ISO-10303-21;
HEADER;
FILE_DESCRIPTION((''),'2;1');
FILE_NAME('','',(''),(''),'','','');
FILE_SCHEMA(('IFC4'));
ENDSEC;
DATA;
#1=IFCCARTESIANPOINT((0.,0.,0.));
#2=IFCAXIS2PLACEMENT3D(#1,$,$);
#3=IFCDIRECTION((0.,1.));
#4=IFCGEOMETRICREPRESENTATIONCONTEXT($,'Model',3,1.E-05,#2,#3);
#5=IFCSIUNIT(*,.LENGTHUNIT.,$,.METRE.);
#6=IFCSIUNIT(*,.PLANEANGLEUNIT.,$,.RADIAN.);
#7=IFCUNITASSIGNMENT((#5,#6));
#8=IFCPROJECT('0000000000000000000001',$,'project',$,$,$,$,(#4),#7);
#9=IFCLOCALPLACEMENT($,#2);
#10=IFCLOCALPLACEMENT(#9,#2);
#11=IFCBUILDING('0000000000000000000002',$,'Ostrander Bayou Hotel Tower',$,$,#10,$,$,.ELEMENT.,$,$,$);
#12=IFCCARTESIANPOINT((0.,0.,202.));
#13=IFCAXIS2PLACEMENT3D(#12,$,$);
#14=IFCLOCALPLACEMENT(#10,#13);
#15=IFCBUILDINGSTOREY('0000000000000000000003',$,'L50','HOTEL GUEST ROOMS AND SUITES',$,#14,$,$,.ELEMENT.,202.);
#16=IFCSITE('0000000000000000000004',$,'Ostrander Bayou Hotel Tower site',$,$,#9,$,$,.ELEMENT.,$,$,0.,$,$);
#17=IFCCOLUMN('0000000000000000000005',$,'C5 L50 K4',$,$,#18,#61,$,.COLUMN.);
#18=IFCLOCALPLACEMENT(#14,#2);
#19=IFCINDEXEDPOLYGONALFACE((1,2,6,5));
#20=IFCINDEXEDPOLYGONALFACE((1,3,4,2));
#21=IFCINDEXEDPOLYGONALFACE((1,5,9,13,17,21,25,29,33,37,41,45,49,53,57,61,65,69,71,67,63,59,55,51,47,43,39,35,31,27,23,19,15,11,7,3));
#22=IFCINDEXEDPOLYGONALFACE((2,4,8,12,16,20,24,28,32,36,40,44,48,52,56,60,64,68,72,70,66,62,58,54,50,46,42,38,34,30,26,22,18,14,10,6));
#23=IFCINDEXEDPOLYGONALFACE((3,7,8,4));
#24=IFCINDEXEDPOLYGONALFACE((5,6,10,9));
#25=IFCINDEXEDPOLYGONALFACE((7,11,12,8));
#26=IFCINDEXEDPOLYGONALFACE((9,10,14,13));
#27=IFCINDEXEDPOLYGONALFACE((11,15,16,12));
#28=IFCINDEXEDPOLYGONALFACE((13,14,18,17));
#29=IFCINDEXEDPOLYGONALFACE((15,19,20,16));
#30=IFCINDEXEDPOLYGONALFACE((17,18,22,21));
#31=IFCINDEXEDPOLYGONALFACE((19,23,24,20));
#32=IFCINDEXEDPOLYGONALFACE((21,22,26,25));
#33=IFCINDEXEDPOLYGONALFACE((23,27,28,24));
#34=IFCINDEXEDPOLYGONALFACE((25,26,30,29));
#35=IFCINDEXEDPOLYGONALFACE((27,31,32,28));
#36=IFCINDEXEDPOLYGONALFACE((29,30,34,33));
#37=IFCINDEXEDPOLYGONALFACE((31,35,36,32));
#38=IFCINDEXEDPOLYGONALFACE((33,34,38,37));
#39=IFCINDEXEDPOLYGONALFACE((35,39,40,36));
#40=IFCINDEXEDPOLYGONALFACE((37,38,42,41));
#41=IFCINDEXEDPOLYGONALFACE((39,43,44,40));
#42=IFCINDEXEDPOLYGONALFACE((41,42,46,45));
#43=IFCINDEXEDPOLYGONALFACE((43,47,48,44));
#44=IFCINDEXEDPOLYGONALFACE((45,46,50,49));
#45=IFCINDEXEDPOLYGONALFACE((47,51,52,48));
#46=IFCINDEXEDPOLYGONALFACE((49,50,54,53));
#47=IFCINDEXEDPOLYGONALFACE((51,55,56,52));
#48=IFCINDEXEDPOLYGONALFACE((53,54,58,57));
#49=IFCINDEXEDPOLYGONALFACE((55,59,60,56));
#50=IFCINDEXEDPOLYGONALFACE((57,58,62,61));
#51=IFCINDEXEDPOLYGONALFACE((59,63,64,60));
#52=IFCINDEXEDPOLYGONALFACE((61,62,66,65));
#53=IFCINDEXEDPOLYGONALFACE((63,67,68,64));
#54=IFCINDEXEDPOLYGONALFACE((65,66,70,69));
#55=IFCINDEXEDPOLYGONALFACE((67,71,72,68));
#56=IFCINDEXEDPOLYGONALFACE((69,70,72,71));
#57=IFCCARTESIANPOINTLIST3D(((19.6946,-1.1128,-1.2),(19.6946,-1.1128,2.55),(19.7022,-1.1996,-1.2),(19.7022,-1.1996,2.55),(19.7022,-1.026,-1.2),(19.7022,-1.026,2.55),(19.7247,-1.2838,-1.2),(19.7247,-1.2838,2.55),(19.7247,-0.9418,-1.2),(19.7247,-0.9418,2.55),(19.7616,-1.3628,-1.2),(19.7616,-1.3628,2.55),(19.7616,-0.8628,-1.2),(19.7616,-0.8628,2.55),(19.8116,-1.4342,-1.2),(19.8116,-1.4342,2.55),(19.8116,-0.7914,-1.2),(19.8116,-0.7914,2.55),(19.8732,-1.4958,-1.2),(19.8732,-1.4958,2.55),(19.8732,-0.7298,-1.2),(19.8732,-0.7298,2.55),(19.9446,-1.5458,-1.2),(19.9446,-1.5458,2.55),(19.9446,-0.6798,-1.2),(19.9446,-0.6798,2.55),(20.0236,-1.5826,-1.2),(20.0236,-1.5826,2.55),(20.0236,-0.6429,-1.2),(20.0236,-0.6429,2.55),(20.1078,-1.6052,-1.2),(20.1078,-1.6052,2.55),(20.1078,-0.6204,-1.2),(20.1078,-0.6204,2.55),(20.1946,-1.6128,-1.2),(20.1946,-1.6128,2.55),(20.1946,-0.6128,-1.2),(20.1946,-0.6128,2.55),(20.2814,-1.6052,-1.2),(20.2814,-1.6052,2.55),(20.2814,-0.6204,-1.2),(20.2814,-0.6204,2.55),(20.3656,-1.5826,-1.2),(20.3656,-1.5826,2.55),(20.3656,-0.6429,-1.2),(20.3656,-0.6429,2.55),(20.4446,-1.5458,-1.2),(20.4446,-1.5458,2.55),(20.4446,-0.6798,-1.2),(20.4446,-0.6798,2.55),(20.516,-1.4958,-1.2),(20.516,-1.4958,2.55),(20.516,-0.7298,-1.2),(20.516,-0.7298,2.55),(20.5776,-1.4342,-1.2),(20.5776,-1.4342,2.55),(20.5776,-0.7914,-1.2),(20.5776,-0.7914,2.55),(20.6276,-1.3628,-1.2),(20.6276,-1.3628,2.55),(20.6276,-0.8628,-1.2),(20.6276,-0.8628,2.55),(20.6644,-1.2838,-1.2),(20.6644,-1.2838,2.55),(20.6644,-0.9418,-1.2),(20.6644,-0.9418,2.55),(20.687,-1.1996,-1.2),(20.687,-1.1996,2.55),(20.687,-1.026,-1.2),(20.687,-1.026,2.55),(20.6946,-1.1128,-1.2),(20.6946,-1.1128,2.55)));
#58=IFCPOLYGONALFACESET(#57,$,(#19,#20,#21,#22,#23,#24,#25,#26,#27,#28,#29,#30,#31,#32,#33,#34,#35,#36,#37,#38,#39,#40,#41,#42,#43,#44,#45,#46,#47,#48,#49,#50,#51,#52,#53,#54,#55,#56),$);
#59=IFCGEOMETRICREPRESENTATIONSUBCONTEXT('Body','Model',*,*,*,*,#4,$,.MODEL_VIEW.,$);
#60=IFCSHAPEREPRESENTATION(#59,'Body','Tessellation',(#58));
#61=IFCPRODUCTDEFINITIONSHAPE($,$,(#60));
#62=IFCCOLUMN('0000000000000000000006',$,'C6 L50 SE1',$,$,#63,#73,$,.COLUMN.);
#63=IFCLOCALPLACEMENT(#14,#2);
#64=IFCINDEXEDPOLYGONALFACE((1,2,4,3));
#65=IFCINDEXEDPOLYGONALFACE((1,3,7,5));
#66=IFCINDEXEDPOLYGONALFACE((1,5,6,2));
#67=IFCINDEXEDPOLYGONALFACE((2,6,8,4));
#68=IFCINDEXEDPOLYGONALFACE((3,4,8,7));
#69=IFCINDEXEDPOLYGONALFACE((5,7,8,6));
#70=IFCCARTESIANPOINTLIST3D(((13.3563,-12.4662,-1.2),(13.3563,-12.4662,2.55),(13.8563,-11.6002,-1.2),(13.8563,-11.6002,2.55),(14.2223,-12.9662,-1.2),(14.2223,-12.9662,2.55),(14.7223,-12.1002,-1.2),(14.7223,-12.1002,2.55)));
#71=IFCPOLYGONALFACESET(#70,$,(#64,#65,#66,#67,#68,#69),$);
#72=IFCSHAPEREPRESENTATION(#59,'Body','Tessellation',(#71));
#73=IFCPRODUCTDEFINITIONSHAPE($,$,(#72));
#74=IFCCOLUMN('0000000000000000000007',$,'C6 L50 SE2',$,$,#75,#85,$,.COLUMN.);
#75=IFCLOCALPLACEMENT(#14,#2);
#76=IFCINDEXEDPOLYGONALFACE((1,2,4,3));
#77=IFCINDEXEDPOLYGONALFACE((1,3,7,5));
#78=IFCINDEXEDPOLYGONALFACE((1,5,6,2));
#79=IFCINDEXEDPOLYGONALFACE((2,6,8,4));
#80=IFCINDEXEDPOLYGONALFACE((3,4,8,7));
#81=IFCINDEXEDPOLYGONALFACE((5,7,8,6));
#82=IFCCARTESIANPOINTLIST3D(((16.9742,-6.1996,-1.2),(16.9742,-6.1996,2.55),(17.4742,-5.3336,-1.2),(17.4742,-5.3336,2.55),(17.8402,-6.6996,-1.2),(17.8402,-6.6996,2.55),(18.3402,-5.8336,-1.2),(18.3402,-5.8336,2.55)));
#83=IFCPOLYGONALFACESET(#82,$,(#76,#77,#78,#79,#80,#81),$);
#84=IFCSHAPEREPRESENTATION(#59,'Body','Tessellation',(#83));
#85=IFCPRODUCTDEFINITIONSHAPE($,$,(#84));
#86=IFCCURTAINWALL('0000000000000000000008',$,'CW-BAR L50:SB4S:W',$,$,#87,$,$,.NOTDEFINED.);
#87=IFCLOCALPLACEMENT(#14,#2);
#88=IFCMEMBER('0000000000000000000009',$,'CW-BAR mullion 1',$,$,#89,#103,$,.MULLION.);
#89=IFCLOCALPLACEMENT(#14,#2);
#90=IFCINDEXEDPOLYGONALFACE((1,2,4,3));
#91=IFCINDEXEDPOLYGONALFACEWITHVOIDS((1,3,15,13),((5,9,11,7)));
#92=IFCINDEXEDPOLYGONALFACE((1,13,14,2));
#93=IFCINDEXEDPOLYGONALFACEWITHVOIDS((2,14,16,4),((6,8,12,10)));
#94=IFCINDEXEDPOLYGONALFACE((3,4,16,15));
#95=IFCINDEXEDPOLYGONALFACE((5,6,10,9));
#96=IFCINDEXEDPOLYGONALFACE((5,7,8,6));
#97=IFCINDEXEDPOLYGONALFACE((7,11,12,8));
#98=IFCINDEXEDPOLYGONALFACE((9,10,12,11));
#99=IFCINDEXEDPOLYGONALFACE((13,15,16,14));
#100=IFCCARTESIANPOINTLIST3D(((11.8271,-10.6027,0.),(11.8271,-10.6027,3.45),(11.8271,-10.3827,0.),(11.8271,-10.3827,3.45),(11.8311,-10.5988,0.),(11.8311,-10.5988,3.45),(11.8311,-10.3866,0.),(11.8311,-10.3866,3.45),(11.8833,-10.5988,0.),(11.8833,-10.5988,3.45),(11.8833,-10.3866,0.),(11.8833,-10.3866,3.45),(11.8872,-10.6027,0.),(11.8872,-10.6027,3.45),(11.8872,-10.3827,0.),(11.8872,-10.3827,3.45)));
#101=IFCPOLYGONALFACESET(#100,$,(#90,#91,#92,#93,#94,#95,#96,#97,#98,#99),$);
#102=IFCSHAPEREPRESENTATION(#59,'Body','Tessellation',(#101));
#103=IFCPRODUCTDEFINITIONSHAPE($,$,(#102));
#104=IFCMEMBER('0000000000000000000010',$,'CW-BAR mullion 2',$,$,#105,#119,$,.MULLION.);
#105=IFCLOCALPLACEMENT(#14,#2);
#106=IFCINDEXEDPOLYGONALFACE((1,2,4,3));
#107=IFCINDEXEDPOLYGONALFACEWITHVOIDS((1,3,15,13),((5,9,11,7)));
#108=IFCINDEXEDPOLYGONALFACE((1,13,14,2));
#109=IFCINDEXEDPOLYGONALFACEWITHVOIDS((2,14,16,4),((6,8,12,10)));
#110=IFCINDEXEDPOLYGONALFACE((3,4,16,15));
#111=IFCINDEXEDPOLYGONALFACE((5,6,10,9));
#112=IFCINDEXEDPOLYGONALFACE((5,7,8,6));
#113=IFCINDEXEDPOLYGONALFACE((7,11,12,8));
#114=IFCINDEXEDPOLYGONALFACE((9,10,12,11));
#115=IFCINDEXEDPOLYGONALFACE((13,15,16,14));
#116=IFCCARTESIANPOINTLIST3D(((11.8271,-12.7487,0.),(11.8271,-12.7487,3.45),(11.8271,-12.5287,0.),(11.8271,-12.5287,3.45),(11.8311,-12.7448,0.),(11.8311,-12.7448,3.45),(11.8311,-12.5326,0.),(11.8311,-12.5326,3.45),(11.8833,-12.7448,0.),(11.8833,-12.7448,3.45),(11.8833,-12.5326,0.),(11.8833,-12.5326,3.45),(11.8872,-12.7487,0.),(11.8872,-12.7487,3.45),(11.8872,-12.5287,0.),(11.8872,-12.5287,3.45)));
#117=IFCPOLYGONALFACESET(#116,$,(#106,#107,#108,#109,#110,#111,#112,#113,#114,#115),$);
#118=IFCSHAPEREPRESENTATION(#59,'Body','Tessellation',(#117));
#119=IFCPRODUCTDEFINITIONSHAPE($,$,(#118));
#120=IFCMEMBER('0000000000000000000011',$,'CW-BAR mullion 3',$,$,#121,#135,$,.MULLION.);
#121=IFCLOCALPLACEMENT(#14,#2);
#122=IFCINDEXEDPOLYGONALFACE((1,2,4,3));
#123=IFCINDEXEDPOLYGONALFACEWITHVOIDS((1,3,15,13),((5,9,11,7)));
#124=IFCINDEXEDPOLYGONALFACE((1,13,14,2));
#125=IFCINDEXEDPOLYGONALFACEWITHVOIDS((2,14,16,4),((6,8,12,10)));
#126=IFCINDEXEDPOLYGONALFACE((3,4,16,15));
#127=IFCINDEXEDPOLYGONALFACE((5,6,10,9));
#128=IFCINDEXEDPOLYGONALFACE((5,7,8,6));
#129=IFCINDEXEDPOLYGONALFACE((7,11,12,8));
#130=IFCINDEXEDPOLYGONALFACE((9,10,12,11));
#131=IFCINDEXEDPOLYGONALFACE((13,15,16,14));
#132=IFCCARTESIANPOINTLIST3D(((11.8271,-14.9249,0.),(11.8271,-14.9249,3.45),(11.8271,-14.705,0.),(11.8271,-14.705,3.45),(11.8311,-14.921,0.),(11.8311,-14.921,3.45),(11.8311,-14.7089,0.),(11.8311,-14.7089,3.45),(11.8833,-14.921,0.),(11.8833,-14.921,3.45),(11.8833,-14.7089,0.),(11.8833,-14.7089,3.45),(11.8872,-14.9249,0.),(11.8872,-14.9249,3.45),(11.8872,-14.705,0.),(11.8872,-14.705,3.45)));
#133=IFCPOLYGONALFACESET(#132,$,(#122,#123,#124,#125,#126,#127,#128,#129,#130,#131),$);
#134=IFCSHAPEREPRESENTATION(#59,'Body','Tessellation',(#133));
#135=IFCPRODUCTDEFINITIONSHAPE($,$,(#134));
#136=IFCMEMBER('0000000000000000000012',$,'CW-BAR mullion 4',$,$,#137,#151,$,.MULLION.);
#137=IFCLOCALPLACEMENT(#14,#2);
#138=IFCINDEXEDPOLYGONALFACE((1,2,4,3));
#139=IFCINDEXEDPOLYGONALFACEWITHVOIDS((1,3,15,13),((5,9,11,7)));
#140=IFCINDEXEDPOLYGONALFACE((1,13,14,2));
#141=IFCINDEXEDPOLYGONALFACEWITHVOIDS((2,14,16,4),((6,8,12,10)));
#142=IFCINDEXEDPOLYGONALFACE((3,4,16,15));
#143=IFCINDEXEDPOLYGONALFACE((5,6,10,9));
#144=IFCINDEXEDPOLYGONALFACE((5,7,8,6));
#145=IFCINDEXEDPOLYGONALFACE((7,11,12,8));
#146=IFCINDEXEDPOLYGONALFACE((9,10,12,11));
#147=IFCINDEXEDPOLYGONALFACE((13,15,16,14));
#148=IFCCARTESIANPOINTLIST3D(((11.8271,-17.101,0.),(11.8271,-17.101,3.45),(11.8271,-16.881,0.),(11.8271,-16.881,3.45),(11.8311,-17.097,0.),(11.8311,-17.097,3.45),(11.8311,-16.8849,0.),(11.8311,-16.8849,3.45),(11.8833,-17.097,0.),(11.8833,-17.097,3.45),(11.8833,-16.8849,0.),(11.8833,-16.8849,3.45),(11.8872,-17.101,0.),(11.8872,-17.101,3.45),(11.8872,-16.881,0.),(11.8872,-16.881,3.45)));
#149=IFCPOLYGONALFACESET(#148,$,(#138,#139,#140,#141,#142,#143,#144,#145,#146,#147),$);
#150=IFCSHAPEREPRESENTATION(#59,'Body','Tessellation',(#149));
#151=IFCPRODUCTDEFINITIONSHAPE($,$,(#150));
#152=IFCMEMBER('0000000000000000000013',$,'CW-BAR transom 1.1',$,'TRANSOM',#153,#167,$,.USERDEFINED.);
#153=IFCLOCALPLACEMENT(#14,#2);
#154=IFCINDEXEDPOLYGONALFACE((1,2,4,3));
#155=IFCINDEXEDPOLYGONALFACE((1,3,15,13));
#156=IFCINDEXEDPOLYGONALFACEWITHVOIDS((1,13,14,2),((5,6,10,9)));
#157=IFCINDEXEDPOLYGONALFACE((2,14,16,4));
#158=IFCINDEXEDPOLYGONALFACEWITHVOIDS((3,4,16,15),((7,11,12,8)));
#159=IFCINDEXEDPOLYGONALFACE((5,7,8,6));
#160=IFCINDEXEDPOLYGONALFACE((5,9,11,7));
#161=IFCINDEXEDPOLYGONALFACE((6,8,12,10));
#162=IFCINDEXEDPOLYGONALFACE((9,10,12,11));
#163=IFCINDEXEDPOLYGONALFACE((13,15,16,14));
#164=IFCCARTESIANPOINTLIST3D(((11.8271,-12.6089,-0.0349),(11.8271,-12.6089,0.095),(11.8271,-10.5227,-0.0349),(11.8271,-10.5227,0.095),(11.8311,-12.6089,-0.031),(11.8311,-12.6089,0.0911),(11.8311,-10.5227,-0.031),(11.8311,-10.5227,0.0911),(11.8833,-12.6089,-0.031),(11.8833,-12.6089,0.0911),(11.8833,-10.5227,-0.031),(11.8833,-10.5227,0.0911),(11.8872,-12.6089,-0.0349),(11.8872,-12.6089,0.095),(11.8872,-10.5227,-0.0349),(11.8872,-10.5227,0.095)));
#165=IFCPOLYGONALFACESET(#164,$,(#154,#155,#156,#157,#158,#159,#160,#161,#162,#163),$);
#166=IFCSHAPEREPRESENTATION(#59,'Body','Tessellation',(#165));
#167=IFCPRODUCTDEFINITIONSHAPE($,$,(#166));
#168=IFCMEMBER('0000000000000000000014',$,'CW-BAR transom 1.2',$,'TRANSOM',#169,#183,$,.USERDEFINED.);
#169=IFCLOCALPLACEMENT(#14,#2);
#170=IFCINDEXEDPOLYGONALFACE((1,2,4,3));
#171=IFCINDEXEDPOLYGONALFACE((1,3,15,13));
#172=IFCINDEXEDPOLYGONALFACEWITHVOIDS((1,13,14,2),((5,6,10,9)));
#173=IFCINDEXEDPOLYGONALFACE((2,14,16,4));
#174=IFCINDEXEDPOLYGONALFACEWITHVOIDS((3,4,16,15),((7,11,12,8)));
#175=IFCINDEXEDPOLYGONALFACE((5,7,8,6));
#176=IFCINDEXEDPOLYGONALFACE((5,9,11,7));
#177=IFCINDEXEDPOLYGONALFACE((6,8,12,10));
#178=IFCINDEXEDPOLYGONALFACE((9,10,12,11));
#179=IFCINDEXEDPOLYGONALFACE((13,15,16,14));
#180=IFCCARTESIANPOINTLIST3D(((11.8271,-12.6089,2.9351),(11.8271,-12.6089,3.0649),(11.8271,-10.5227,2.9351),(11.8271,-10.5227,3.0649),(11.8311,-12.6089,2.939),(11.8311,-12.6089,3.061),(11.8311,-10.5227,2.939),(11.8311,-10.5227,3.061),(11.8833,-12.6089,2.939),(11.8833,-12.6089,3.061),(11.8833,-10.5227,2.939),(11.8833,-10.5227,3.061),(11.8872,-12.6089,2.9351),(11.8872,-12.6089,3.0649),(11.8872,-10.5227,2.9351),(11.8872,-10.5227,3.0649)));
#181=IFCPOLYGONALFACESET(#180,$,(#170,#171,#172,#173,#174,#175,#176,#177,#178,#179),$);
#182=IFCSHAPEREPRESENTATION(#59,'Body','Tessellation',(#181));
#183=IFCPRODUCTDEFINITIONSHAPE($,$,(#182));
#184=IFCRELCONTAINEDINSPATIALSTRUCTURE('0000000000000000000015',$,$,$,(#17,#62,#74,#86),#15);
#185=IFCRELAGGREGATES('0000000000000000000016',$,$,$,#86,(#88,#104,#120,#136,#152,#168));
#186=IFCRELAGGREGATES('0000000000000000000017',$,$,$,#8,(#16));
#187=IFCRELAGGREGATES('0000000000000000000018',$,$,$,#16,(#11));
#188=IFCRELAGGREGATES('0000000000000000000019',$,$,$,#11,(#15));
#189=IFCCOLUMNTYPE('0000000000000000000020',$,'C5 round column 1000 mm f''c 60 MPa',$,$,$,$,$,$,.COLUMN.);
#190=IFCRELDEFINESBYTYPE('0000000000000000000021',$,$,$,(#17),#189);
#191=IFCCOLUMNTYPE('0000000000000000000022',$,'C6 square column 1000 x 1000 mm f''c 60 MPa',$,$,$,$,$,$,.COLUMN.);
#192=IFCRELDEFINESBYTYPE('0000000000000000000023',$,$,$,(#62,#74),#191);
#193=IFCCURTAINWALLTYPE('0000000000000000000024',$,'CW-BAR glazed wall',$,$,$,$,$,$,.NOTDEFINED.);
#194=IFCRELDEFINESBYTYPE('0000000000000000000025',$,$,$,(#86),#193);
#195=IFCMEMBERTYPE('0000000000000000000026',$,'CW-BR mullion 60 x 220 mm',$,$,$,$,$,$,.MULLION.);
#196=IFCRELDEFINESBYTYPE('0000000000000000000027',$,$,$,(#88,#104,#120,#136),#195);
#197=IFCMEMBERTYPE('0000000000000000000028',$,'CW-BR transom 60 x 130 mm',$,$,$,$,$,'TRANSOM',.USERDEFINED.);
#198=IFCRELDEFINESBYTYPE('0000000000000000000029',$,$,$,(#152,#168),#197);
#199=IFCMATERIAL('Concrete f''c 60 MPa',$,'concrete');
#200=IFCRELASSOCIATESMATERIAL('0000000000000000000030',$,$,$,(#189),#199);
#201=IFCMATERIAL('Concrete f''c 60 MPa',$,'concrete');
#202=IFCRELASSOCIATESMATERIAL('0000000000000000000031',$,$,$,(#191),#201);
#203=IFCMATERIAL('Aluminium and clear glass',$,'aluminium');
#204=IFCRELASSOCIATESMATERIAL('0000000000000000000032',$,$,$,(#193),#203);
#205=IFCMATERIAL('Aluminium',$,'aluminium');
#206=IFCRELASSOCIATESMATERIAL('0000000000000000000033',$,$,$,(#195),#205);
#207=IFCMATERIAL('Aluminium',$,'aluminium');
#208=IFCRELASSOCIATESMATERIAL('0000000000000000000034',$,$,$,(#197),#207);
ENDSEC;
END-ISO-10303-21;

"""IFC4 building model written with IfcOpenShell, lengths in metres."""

from ifc_helpers import new_model, si_unit, direction, frame, origin, origin_2d, place, context, subcontext, project, spatial, rectangle, hollow_rectangle, circle, extrude, material, material_profile, profile_set, type_object, element, aggregate, save


model = new_model("IFC4")

# Units and contexts
model_context = context("Model", 3, precision=1e-05, world=origin(), true_north=direction((0.0, 1.0)))
body_context = subcontext(model_context, "Body", "Model", "MODEL_VIEW")
ifc_project = project(units=[si_unit("LENGTHUNIT", "METRE"), si_unit("PLANEANGLEUNIT", "RADIAN")], contexts=[model_context])

# Site, building, storey
site_placement = place(None, origin())
site = spatial("IfcSite", under=ifc_project, at=site_placement, Name="Ostrander Bayou Hotel Tower site", CompositionType="ELEMENT", RefElevation=0.0)
building_placement = place(site_placement, origin())
building = spatial("IfcBuilding", under=site, at=building_placement, Name="Ostrander Bayou Hotel Tower", CompositionType="ELEMENT")
storey_placement = place(building_placement, frame((0.0, 0.0, 202.0)))
storey = spatial("IfcBuildingStorey", under=building, at=storey_placement, Name="L50", Description="HOTEL GUEST ROOMS AND SUITES", CompositionType="ELEMENT", Elevation=202.0)

# Columns
ifc_material_1 = material(Name="Concrete f'c 60 MPa", Category="concrete")
ifc_material_profile_1 = material_profile(ifc_material_1, circle(Radius=0.5, at=origin_2d()))
ifc_profile_set_1 = profile_set([ifc_material_profile_1], Name="Concrete f'c 60 MPa")
column_type_1 = type_object("IfcColumnType", Name="C5 round column 1000 mm f'c 60 MPa", PredefinedType="COLUMN", material=ifc_profile_set_1)
column_placement = place(storey_placement, frame((20.1946, -1.1128, -1.2), z_axis=(0.0, 0.0, 1.0), x_axis=(1.0, 0.0, 0.0)))
element("IfcColumn", 1, at=column_placement, inside=storey, type_object=column_type_1, Name="C5 L50 K4", PredefinedType="COLUMN", context=body_context, shape_type="SweptSolid", body=[
    extrude(circle(Radius=0.5, at=origin_2d()), origin(), (0.0, 0.0, 1.0), 3.75),
])
ifc_material_2 = material(Name="Concrete f'c 60 MPa", Category="concrete")
ifc_material_profile_2 = material_profile(ifc_material_2, rectangle(XDim=1.0, YDim=1.0, at=origin_2d()))
ifc_profile_set_2 = profile_set([ifc_material_profile_2], Name="Concrete f'c 60 MPa")
column_type_2 = type_object("IfcColumnType", Name="C6 square column 1000 x 1000 mm f'c 60 MPa", PredefinedType="COLUMN", material=ifc_profile_set_2)
for number, where, z_axis, x_axis, name in (
    (2, (14.0393, -12.2832, -1.2), (0.0, 0.0, 1.0), (-0.5, -0.866025, 0.0), "C6 L50 SE1"),
    (3, (17.6572, -6.0166, -1.2), (0.0, 0.0, 1.0), (-0.5, -0.866025, 0.0), "C6 L50 SE2"),
):
    element("IfcColumn", number, at=place(storey_placement, frame(where, z_axis=z_axis, x_axis=x_axis)), inside=storey, type_object=column_type_2, Name=name, PredefinedType="COLUMN", context=body_context, shape_type="SweptSolid", body=[
        extrude(rectangle(XDim=1.0, YDim=1.0, at=origin_2d()), origin(), (0.0, 0.0, 1.0), 3.75),
    ])

# Curtain wall, members
ifc_material_3 = material(Name="Aluminium and clear glass", Category="aluminium")
curtain_wall_type = type_object("IfcCurtainWallType", Name="CW-BAR glazed wall", PredefinedType="NOTDEFINED", material=ifc_material_3)
curtain_wall_placement = place(storey_placement, origin())
curtain_wall = element("IfcCurtainWall", 4, at=curtain_wall_placement, inside=storey, type_object=curtain_wall_type, Name="CW-BAR L50:SB4S:W", PredefinedType="NOTDEFINED")
ifc_material_4 = material(Name="Aluminium", Category="aluminium")
ifc_material_profile_3 = material_profile(ifc_material_4, hollow_rectangle(XDim=0.0601, YDim=0.22, WallThickness=0.0039, at=origin_2d()))
ifc_profile_set_3 = profile_set([ifc_material_profile_3], Name="Aluminium")
member_type_1 = type_object("IfcMemberType", Name="CW-BR mullion 60 x 220 mm", PredefinedType="MULLION", material=ifc_profile_set_3)
member_1_placement = place(storey_placement, frame((11.8572, -10.4927, 0.0), z_axis=(0.0, 0.0, 1.0), x_axis=(1.0, 0.0, 0.0)))
member_1 = element("IfcMember", 5, at=member_1_placement, type_object=member_type_1, Name="CW-BAR mullion 1", PredefinedType="MULLION", context=body_context, shape_type="SweptSolid", body=[
    extrude(hollow_rectangle(XDim=0.0601, YDim=0.22, WallThickness=0.0039, at=origin_2d()), origin(), (0.0, 0.0, 1.0), 3.45),
])
member_2_placement = place(storey_placement, frame((11.8572, -12.6387, 0.0), z_axis=(0.0, 0.0, 1.0), x_axis=(1.0, 0.0, 0.0)))
member_2 = element("IfcMember", 6, at=member_2_placement, type_object=member_type_1, Name="CW-BAR mullion 2", PredefinedType="MULLION", context=body_context, shape_type="SweptSolid", body=[
    extrude(hollow_rectangle(XDim=0.0601, YDim=0.22, WallThickness=0.0039, at=origin_2d()), origin(), (0.0, 0.0, 1.0), 3.45),
])
member_3_placement = place(storey_placement, frame((11.8572, -14.8149, 0.0), z_axis=(0.0, 0.0, 1.0), x_axis=(1.0, 0.0, 0.0)))
member_3 = element("IfcMember", 7, at=member_3_placement, type_object=member_type_1, Name="CW-BAR mullion 3", PredefinedType="MULLION", context=body_context, shape_type="SweptSolid", body=[
    extrude(hollow_rectangle(XDim=0.0601, YDim=0.22, WallThickness=0.0039, at=origin_2d()), origin(), (0.0, 0.0, 1.0), 3.45),
])
member_4_placement = place(storey_placement, frame((11.8572, -16.991, 0.0), z_axis=(0.0, 0.0, 1.0), x_axis=(1.0, 0.0, 0.0)))
member_4 = element("IfcMember", 8, at=member_4_placement, type_object=member_type_1, Name="CW-BAR mullion 4", PredefinedType="MULLION", context=body_context, shape_type="SweptSolid", body=[
    extrude(hollow_rectangle(XDim=0.0601, YDim=0.22, WallThickness=0.0039, at=origin_2d()), origin(), (0.0, 0.0, 1.0), 3.45),
])
ifc_material_5 = material(Name="Aluminium", Category="aluminium")
ifc_material_profile_4 = material_profile(ifc_material_5, hollow_rectangle(XDim=0.0601, YDim=0.1299, WallThickness=0.0039, at=origin_2d()))
ifc_profile_set_4 = profile_set([ifc_material_profile_4], Name="Aluminium")
member_type_2 = type_object("IfcMemberType", Name="CW-BR transom 60 x 130 mm", ElementType="TRANSOM", PredefinedType="USERDEFINED", material=ifc_profile_set_4)
member_5_placement = place(storey_placement, frame((11.8572, -10.5227, 0.03), z_axis=(0.0, -1.0, 0.0), x_axis=(1.0, 0.0, 0.0)))
member_5 = element("IfcMember", 9, at=member_5_placement, type_object=member_type_2, Name="CW-BAR transom 1.1", ObjectType="TRANSOM", PredefinedType="USERDEFINED", context=body_context, shape_type="SweptSolid", body=[
    extrude(hollow_rectangle(XDim=0.0601, YDim=0.1299, WallThickness=0.0039, at=origin_2d()), origin(), (0.0, 0.0, 1.0), 2.0862),
])
member_6_placement = place(storey_placement, frame((11.8572, -10.5227, 3.0), z_axis=(0.0, -1.0, 0.0), x_axis=(1.0, 0.0, 0.0)))
member_6 = element("IfcMember", 10, at=member_6_placement, type_object=member_type_2, Name="CW-BAR transom 1.2", ObjectType="TRANSOM", PredefinedType="USERDEFINED", context=body_context, shape_type="SweptSolid", body=[
    extrude(hollow_rectangle(XDim=0.0601, YDim=0.1299, WallThickness=0.0039, at=origin_2d()), origin(), (0.0, 0.0, 1.0), 2.0862),
])

aggregate(curtain_wall, [member_1, member_2, member_3, member_4, member_5, member_6])

save(model, "model.ifc")
